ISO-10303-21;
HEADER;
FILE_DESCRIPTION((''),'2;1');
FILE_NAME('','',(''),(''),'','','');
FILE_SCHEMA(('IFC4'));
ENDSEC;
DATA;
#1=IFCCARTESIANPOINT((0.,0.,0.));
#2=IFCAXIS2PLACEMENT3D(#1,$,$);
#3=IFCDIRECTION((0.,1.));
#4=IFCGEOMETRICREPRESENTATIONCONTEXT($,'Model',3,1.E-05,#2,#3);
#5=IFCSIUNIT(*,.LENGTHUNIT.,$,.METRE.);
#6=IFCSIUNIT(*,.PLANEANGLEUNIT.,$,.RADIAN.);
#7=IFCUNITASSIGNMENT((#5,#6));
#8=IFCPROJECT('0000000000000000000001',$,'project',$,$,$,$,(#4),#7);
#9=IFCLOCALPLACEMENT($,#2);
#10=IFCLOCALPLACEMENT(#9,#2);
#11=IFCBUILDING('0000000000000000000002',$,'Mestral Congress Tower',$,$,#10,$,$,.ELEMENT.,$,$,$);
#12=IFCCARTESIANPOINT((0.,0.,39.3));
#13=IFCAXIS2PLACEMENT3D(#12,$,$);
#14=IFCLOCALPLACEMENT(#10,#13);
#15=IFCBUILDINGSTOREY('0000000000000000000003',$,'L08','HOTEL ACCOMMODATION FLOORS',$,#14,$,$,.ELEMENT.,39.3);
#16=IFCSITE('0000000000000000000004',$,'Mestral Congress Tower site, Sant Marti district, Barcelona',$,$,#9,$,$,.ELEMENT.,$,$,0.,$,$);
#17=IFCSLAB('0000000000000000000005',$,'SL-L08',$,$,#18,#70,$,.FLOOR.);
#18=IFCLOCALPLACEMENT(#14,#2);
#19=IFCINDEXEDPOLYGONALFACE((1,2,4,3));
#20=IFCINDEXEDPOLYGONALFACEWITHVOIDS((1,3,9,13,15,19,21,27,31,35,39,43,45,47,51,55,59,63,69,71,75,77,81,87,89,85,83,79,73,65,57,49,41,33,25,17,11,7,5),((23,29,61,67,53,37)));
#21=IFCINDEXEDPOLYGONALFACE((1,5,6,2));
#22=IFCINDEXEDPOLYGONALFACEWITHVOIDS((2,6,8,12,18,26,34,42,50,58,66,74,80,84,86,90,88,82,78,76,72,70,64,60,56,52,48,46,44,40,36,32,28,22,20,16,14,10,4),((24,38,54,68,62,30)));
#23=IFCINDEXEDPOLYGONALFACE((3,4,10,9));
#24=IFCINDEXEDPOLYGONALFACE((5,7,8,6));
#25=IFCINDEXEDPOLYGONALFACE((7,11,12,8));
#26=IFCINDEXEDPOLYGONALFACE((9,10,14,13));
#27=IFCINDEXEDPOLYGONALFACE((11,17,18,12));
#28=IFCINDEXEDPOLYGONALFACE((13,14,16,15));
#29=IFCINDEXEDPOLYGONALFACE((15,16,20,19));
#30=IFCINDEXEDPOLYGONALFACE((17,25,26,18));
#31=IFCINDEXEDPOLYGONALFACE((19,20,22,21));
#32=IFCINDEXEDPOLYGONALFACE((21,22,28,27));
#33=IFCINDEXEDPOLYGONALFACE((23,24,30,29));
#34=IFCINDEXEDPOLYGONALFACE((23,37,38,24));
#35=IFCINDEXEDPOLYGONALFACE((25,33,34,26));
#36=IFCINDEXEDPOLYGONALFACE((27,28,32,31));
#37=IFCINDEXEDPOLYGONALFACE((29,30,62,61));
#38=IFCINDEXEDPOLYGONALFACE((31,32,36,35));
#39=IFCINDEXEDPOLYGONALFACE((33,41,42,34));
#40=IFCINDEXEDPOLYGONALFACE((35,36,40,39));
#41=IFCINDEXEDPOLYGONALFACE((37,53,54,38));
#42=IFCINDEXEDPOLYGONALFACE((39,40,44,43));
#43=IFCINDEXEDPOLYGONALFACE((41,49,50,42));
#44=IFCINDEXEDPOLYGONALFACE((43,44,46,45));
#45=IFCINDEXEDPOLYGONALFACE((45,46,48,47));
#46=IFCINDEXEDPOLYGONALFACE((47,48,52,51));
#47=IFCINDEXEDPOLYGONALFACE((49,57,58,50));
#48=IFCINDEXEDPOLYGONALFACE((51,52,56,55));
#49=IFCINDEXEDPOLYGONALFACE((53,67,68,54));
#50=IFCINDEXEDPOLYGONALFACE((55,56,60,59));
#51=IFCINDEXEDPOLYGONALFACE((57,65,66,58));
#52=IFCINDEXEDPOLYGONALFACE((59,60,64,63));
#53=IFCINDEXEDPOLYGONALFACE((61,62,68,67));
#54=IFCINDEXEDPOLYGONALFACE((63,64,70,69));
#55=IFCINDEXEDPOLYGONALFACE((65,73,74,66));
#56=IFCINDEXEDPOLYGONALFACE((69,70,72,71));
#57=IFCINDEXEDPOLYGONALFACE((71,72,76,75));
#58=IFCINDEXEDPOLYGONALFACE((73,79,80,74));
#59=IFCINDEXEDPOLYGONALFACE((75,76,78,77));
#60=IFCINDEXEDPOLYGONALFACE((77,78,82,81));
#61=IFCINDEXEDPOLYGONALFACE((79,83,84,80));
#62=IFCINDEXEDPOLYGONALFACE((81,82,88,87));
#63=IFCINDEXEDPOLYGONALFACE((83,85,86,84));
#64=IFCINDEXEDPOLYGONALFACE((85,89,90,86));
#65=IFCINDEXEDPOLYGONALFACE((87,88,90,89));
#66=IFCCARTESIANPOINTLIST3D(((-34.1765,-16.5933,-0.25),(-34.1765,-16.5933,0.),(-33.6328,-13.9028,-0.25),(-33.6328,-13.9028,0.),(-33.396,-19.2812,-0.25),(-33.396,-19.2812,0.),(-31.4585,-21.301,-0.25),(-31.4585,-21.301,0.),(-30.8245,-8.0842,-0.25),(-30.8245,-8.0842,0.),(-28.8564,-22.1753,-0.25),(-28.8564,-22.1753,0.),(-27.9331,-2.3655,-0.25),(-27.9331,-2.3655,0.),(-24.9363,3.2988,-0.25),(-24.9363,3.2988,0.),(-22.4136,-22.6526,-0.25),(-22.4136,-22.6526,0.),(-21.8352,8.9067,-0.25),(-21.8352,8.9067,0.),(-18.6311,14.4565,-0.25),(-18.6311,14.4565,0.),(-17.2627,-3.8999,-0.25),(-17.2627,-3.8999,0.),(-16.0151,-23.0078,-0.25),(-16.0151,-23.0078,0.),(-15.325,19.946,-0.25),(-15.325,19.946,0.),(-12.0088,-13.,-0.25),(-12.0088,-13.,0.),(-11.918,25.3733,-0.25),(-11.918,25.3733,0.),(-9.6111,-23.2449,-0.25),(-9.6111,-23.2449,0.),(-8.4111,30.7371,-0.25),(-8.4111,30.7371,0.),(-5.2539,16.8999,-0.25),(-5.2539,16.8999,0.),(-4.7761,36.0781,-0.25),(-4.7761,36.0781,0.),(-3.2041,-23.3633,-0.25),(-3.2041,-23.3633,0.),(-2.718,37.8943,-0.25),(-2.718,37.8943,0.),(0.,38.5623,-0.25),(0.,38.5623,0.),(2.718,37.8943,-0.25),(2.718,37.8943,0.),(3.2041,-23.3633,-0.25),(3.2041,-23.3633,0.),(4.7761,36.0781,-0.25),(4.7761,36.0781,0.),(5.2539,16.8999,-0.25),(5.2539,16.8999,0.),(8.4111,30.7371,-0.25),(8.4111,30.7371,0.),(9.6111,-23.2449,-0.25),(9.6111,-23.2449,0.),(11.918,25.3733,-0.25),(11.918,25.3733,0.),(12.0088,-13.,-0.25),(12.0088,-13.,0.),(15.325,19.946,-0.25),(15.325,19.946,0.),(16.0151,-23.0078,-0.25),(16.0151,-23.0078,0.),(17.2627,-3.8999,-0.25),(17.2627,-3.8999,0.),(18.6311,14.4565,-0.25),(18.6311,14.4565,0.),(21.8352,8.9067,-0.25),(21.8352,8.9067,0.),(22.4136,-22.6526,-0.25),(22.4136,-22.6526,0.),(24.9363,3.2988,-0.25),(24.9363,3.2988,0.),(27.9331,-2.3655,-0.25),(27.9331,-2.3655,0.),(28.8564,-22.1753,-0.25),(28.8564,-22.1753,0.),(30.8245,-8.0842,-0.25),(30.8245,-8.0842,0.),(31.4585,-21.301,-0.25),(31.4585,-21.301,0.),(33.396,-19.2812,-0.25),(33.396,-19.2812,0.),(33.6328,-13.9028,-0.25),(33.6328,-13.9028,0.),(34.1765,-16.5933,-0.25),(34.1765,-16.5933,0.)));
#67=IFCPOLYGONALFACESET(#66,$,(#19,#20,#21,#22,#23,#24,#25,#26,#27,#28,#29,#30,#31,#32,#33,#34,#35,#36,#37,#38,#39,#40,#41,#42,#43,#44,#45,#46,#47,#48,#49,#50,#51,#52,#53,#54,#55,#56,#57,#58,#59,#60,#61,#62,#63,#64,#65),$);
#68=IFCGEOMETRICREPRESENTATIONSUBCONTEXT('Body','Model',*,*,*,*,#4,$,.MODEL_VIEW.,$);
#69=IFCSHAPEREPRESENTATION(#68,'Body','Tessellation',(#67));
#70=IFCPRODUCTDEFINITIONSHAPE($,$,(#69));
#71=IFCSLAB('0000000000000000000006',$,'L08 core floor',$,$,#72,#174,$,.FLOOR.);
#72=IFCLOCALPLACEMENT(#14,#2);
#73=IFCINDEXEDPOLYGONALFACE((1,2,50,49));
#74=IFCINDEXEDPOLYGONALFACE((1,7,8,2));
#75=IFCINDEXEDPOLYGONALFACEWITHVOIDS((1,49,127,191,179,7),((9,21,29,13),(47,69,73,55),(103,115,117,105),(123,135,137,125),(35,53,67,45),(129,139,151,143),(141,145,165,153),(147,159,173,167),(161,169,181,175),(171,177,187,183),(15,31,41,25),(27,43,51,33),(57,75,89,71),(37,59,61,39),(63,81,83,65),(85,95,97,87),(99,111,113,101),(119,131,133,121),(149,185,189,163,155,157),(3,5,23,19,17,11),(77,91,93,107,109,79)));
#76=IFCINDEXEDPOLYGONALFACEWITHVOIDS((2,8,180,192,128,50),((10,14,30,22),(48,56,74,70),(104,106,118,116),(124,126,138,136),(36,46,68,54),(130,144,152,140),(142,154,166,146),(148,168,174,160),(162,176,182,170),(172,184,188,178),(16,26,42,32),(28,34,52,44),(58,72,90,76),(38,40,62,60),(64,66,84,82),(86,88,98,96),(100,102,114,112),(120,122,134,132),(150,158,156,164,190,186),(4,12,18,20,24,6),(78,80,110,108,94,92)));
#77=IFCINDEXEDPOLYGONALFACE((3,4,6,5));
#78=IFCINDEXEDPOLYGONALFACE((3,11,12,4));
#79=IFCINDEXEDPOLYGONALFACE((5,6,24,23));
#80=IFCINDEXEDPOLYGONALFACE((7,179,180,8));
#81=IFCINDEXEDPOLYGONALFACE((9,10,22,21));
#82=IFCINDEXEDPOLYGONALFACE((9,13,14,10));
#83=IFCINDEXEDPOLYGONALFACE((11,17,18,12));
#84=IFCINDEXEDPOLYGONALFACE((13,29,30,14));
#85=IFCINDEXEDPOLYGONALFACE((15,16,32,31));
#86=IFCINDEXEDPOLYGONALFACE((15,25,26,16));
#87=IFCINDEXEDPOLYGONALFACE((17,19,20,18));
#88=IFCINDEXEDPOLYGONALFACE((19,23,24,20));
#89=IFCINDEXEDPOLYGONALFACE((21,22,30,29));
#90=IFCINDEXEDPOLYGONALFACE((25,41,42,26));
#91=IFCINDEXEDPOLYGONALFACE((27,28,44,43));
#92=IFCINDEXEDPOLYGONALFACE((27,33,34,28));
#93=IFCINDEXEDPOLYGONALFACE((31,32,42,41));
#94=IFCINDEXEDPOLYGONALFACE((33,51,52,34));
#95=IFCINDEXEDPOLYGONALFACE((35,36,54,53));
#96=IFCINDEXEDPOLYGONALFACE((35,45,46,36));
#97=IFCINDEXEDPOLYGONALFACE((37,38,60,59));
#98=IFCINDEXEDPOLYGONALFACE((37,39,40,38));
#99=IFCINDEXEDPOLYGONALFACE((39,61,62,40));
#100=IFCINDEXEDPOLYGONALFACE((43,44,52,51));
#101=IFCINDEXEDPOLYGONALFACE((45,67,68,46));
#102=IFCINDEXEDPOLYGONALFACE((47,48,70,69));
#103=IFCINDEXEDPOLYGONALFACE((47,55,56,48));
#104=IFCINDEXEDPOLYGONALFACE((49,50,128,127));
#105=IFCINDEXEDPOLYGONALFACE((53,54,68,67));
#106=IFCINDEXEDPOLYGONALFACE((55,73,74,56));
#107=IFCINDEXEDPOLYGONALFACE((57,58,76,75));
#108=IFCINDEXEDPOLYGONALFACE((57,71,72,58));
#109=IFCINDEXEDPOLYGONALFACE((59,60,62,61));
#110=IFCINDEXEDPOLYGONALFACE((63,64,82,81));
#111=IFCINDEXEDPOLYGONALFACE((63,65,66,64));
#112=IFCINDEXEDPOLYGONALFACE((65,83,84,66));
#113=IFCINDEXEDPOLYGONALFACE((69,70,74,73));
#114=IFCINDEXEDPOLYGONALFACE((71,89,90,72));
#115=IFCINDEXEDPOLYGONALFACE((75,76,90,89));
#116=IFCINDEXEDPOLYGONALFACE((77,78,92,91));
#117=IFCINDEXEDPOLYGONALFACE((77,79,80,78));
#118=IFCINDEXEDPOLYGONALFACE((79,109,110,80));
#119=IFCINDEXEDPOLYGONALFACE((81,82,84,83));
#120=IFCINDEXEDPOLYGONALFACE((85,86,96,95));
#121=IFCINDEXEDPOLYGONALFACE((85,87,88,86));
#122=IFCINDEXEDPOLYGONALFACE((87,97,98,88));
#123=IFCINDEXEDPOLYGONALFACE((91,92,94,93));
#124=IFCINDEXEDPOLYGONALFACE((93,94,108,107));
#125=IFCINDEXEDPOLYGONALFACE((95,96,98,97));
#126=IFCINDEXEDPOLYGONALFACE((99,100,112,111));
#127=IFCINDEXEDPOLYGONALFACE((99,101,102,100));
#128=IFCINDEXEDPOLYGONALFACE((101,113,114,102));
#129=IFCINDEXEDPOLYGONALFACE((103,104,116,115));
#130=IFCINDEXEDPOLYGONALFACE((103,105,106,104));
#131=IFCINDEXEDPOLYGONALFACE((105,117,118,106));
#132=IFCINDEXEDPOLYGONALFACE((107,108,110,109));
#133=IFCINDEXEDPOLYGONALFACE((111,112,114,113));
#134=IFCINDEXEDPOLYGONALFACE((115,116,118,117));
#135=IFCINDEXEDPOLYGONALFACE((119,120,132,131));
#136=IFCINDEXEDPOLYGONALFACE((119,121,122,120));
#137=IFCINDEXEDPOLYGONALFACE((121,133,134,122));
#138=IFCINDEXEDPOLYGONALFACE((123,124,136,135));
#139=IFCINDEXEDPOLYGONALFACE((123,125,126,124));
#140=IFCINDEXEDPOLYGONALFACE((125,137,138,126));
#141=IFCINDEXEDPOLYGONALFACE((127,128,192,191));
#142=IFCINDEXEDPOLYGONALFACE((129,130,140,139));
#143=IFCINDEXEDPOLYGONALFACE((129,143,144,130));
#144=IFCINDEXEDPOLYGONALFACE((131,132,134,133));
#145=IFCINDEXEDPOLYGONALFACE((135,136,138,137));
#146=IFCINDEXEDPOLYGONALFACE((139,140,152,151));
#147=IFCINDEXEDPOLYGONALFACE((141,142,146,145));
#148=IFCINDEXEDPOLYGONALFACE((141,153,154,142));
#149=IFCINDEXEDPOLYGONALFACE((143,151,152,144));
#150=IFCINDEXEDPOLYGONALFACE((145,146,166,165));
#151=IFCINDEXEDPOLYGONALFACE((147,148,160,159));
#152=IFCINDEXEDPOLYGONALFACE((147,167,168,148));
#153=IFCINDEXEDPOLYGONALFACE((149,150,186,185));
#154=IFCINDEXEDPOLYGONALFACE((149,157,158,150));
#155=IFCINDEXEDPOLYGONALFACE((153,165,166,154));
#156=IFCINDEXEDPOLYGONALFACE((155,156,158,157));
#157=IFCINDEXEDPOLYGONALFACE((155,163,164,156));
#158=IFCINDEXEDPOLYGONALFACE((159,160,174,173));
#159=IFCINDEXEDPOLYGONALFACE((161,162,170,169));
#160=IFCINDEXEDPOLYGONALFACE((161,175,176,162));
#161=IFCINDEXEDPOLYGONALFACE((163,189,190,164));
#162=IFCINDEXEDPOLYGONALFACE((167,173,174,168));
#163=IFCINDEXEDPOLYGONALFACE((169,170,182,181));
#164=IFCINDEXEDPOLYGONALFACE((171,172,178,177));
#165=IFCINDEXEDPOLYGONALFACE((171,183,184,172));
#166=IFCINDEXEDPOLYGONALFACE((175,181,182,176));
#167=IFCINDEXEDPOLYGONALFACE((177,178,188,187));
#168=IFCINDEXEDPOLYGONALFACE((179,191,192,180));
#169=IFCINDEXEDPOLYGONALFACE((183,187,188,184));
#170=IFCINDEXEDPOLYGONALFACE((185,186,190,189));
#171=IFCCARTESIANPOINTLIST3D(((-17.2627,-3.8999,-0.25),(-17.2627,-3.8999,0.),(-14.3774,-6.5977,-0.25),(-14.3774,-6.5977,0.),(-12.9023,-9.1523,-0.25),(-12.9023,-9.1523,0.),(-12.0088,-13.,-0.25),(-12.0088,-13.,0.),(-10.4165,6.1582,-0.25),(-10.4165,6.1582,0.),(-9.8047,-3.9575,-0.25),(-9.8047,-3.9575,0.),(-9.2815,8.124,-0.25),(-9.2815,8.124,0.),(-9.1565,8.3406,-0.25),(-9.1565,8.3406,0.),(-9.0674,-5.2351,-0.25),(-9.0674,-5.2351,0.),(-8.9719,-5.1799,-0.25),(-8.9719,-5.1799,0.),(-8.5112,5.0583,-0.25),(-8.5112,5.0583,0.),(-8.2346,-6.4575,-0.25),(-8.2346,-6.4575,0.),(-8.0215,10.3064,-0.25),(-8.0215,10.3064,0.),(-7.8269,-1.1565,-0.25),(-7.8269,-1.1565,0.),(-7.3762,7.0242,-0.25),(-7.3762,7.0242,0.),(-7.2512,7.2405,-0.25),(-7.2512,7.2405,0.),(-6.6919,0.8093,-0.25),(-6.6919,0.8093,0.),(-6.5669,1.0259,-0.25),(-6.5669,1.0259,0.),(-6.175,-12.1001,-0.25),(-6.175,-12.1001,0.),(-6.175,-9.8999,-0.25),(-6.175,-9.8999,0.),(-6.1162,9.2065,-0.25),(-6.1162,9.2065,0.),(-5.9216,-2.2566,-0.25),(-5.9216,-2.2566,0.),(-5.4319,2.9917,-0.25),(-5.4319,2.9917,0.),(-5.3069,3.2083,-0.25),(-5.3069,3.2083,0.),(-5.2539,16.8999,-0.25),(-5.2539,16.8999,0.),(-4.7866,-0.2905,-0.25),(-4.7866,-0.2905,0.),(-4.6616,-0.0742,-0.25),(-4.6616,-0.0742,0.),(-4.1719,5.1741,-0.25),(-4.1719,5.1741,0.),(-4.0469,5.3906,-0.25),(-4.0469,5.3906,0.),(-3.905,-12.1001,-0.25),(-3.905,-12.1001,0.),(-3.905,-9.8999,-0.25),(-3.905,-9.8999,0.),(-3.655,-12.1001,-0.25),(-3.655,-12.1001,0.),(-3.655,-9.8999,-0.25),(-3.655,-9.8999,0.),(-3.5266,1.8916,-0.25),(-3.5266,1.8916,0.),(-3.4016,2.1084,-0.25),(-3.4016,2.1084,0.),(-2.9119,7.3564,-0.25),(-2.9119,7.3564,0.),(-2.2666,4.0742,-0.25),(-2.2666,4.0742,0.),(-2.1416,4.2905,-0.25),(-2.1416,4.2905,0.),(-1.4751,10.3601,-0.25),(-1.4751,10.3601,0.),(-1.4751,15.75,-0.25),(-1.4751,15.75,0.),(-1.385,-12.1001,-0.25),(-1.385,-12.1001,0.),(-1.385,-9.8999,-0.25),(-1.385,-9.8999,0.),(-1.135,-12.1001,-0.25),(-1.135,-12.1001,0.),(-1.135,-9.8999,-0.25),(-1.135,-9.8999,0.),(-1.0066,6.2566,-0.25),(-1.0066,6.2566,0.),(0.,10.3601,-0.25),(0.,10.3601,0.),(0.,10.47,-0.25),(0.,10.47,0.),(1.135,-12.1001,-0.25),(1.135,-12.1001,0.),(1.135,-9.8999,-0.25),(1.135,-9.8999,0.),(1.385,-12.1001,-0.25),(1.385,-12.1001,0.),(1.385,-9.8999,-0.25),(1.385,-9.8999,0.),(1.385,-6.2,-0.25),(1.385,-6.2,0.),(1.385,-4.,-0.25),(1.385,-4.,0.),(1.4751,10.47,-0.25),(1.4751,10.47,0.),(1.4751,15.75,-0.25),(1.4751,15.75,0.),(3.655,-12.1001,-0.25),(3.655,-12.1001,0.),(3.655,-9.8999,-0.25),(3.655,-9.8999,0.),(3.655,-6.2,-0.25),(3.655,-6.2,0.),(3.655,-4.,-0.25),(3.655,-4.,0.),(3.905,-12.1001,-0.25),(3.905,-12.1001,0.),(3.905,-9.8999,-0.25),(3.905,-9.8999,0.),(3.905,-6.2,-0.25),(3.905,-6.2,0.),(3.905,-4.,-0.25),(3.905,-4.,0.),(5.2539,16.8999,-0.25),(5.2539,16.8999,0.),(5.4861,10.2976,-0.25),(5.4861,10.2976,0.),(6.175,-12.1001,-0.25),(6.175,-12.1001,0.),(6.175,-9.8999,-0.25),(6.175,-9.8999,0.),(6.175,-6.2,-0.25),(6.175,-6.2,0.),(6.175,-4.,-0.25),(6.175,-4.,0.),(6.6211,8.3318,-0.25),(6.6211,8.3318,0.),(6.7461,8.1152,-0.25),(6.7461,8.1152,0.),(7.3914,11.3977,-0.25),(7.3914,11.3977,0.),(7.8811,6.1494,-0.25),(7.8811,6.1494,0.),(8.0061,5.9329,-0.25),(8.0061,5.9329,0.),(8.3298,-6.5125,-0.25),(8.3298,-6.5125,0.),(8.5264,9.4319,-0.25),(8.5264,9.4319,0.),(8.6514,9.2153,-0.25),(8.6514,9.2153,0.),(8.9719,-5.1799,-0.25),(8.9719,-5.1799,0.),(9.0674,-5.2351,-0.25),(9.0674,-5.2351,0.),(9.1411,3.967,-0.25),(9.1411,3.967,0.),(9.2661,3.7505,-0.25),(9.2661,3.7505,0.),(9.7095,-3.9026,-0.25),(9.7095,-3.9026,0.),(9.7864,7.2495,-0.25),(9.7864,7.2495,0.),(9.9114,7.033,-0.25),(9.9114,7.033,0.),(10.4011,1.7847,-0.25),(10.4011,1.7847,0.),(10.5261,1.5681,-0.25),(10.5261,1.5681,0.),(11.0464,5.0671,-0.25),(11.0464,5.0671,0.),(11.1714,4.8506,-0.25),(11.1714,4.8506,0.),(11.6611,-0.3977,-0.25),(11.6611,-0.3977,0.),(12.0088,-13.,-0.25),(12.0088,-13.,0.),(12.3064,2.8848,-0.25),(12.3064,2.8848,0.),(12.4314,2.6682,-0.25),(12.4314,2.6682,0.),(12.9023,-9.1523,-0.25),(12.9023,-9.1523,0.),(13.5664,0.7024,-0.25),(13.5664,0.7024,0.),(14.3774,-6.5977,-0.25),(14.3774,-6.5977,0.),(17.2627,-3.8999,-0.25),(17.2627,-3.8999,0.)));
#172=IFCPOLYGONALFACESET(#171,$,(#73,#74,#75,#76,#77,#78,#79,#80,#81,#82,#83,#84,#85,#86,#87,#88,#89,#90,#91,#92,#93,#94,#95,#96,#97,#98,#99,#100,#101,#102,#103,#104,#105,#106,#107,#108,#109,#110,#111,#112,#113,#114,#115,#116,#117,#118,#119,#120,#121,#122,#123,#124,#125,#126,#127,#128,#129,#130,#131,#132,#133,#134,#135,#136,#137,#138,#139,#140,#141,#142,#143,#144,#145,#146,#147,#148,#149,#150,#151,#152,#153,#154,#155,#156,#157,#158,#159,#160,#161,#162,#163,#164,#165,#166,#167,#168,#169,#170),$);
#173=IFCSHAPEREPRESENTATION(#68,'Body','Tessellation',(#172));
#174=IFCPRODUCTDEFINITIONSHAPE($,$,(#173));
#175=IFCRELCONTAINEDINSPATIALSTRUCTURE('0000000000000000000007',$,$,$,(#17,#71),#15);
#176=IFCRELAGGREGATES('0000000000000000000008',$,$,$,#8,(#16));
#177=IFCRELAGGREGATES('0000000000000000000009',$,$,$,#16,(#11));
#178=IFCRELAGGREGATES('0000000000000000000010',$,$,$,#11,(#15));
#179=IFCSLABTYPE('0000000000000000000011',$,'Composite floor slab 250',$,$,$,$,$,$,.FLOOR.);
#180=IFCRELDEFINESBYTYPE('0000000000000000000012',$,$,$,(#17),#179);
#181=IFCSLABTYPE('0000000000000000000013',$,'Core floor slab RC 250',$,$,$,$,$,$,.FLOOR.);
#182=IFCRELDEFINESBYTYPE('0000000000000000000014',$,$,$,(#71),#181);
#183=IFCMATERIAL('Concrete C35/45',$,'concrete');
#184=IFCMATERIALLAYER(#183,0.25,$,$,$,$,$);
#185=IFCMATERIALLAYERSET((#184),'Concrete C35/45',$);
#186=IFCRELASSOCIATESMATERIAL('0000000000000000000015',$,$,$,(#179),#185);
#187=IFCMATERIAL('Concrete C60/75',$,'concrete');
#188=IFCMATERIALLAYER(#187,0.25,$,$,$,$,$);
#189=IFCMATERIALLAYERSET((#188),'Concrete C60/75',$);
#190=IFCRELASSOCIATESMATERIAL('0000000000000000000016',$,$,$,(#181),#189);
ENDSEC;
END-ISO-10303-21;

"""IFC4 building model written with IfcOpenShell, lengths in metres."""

from ifc_helpers import new_model, si_unit, direction, frame, origin, place, context, subcontext, project, spatial, polyline, outline, extrude, material, layer, layer_set, type_object, element, save


model = new_model("IFC4")

# Units and contexts
model_context = context("Model", 3, precision=1e-05, world=origin(), true_north=direction((0.0, 1.0)))
body_context = subcontext(model_context, "Body", "Model", "MODEL_VIEW")
ifc_project = project(units=[si_unit("LENGTHUNIT", "METRE"), si_unit("PLANEANGLEUNIT", "RADIAN")], contexts=[model_context])

# Site, building, storey
site_placement = place(None, origin())
site = spatial("IfcSite", under=ifc_project, at=site_placement, Name="Mestral Congress Tower site, Sant Marti district, Barcelona", CompositionType="ELEMENT", RefElevation=0.0)
building_placement = place(site_placement, origin())
building = spatial("IfcBuilding", under=site, at=building_placement, Name="Mestral Congress Tower", CompositionType="ELEMENT")
storey_placement = place(building_placement, frame((0.0, 0.0, 39.3)))
storey = spatial("IfcBuildingStorey", under=building, at=storey_placement, Name="L08", Description="HOTEL ACCOMMODATION FLOORS", CompositionType="ELEMENT", Elevation=39.3)

# Slabs
ifc_material_1 = material(Name="Concrete C35/45", Category="concrete")
ifc_layer_1 = layer(ifc_material_1, 0.25)
ifc_layer_set_1 = layer_set([ifc_layer_1], Name="Concrete C35/45")
slab_type_1 = type_object("IfcSlabType", Name="Composite floor slab 250", PredefinedType="FLOOR", material=ifc_layer_set_1)
placement_1 = place(storey_placement, frame((0.0, 0.0, -0.25)))
element("IfcSlab", 1, at=placement_1, inside=storey, type_object=slab_type_1, Name="SL-L08", PredefinedType="FLOOR", context=body_context, shape_type="SweptSolid", body=[
    extrude(outline(polyline([(-28.8564, -22.1753), (-31.4585, -21.301), (-33.396, -19.2812), (-34.1765, -16.5933), (-33.6328, -13.9028), (-30.8245, -8.0842), (-27.9331, -2.3655), (-24.9363, 3.2988), (-21.8352, 8.9067), (-18.6311, 14.4565), (-15.325, 19.946), (-11.918, 25.3733), (-8.4111, 30.7371), (-4.7761, 36.0781), (-2.718, 37.8943), (0.0, 38.5623), (2.718, 37.8943), (4.7761, 36.0781), (8.4111, 30.7371), (11.918, 25.3733), (15.325, 19.946), (18.6311, 14.4565), (21.8352, 8.9067), (24.9363, 3.2988), (27.9331, -2.3655), (30.8245, -8.0842), (33.6328, -13.9028), (34.1765, -16.5933), (33.396, -19.2812), (31.4585, -21.301), (28.8564, -22.1753), (22.4136, -22.6526), (16.0151, -23.0078), (9.6111, -23.2449), (3.2041, -23.3633), (-3.2041, -23.3633), (-9.6111, -23.2449), (-16.0151, -23.0078), (-22.4136, -22.6526), (-28.8564, -22.1753)]), holes=[polyline([(-5.2539, 16.8999), (-17.2627, -3.8999), (-12.0088, -13.0), (12.0088, -13.0), (17.2627, -3.8999), (5.2539, 16.8999), (-5.2539, 16.8999)])]), origin(), (0.0, 0.0, 1.0), 0.25),
])
ifc_material_2 = material(Name="Concrete C60/75", Category="concrete")
ifc_layer_2 = layer(ifc_material_2, 0.25)
ifc_layer_set_2 = layer_set([ifc_layer_2], Name="Concrete C60/75")
slab_type_2 = type_object("IfcSlabType", Name="Core floor slab RC 250", PredefinedType="FLOOR", material=ifc_layer_set_2)
element("IfcSlab", 2, at=placement_1, inside=storey, type_object=slab_type_2, Name="L08 core floor", PredefinedType="FLOOR", context=body_context, shape_type="SweptSolid", body=[
    extrude(outline(polyline([(12.0088, -13.0), (-12.0088, -13.0), (-17.2627, -3.8999), (-5.2539, 16.8999), (5.2539, 16.8999), (17.2627, -3.8999), (12.0088, -13.0)]), holes=[polyline([(-3.905, -9.8999), (-6.175, -9.8999), (-6.175, -12.1001), (-3.905, -12.1001), (-3.905, -9.8999)]), polyline([(-1.385, -9.8999), (-3.655, -9.8999), (-3.655, -12.1001), (-1.385, -12.1001), (-1.385, -9.8999)]), polyline([(1.135, -9.8999), (-1.135, -9.8999), (-1.135, -12.1001), (1.135, -12.1001), (1.135, -9.8999)]), polyline([(-9.0674, -5.2351), (-9.8047, -3.9575), (-14.3774, -6.5977), (-12.9023, -9.1523), (-8.2346, -6.4575), (-8.9719, -5.1799), (-9.0674, -5.2351)]), polyline([(-7.8269, -1.1565), (-5.9216, -2.2566), (-4.7866, -0.2905), (-6.6919, 0.8093), (-7.8269, -1.1565)]), polyline([(-4.6616, -0.0742), (-3.5266, 1.8916), (-5.4319, 2.9917), (-6.5669, 1.0259), (-4.6616, -0.0742)]), polyline([(-3.4016, 2.1084), (-2.2666, 4.0742), (-4.1719, 5.1741), (-5.3069, 3.2083), (-3.4016, 2.1084)]), polyline([(-2.1416, 4.2905), (-1.0066, 6.2566), (-2.9119, 7.3564), (-4.0469, 5.3906), (-2.1416, 4.2905)]), polyline([(-10.4165, 6.1582), (-8.5112, 5.0583), (-7.3762, 7.0242), (-9.2815, 8.124), (-10.4165, 6.1582)]), polyline([(-9.1565, 8.3406), (-7.2512, 7.2405), (-6.1162, 9.2065), (-8.0215, 10.3064), (-9.1565, 8.3406)]), polyline([(1.4751, 10.47), (1.4751, 15.75), (-1.4751, 15.75), (-1.4751, 10.3601), (0.0, 10.3601), (0.0, 10.47), (1.4751, 10.47)]), polyline([(3.655, -9.8999), (1.385, -9.8999), (1.385, -12.1001), (3.655, -12.1001), (3.655, -9.8999)]), polyline([(6.175, -9.8999), (3.905, -9.8999), (3.905, -12.1001), (6.175, -12.1001), (6.175, -9.8999)]), polyline([(9.0674, -5.2351), (8.3298, -6.5125), (12.9023, -9.1523), (14.3774, -6.5977), (9.7095, -3.9026), (8.9719, -5.1799), (9.0674, -5.2351)]), polyline([(3.655, -6.2), (3.655, -4.0), (1.385, -4.0), (1.385, -6.2), (3.655, -6.2)]), polyline([(6.175, -4.0), (3.905, -4.0), (3.905, -6.2), (6.175, -6.2), (6.175, -4.0)]), polyline([(12.4314, 2.6682), (10.5261, 1.5681), (11.6611, -0.3977), (13.5664, 0.7024), (12.4314, 2.6682)]), polyline([(11.1714, 4.8506), (9.2661, 3.7505), (10.4011, 1.7847), (12.3064, 2.8848), (11.1714, 4.8506)]), polyline([(8.0061, 5.9329), (9.1411, 3.967), (11.0464, 5.0671), (9.9114, 7.033), (8.0061, 5.9329)]), polyline([(8.6514, 9.2153), (6.7461, 8.1152), (7.8811, 6.1494), (9.7864, 7.2495), (8.6514, 9.2153)]), polyline([(7.3914, 11.3977), (5.4861, 10.2976), (6.6211, 8.3318), (8.5264, 9.4319), (7.3914, 11.3977)])]), origin(), (0.0, 0.0, 1.0), 0.25),
])

save(model, "model.ifc")
